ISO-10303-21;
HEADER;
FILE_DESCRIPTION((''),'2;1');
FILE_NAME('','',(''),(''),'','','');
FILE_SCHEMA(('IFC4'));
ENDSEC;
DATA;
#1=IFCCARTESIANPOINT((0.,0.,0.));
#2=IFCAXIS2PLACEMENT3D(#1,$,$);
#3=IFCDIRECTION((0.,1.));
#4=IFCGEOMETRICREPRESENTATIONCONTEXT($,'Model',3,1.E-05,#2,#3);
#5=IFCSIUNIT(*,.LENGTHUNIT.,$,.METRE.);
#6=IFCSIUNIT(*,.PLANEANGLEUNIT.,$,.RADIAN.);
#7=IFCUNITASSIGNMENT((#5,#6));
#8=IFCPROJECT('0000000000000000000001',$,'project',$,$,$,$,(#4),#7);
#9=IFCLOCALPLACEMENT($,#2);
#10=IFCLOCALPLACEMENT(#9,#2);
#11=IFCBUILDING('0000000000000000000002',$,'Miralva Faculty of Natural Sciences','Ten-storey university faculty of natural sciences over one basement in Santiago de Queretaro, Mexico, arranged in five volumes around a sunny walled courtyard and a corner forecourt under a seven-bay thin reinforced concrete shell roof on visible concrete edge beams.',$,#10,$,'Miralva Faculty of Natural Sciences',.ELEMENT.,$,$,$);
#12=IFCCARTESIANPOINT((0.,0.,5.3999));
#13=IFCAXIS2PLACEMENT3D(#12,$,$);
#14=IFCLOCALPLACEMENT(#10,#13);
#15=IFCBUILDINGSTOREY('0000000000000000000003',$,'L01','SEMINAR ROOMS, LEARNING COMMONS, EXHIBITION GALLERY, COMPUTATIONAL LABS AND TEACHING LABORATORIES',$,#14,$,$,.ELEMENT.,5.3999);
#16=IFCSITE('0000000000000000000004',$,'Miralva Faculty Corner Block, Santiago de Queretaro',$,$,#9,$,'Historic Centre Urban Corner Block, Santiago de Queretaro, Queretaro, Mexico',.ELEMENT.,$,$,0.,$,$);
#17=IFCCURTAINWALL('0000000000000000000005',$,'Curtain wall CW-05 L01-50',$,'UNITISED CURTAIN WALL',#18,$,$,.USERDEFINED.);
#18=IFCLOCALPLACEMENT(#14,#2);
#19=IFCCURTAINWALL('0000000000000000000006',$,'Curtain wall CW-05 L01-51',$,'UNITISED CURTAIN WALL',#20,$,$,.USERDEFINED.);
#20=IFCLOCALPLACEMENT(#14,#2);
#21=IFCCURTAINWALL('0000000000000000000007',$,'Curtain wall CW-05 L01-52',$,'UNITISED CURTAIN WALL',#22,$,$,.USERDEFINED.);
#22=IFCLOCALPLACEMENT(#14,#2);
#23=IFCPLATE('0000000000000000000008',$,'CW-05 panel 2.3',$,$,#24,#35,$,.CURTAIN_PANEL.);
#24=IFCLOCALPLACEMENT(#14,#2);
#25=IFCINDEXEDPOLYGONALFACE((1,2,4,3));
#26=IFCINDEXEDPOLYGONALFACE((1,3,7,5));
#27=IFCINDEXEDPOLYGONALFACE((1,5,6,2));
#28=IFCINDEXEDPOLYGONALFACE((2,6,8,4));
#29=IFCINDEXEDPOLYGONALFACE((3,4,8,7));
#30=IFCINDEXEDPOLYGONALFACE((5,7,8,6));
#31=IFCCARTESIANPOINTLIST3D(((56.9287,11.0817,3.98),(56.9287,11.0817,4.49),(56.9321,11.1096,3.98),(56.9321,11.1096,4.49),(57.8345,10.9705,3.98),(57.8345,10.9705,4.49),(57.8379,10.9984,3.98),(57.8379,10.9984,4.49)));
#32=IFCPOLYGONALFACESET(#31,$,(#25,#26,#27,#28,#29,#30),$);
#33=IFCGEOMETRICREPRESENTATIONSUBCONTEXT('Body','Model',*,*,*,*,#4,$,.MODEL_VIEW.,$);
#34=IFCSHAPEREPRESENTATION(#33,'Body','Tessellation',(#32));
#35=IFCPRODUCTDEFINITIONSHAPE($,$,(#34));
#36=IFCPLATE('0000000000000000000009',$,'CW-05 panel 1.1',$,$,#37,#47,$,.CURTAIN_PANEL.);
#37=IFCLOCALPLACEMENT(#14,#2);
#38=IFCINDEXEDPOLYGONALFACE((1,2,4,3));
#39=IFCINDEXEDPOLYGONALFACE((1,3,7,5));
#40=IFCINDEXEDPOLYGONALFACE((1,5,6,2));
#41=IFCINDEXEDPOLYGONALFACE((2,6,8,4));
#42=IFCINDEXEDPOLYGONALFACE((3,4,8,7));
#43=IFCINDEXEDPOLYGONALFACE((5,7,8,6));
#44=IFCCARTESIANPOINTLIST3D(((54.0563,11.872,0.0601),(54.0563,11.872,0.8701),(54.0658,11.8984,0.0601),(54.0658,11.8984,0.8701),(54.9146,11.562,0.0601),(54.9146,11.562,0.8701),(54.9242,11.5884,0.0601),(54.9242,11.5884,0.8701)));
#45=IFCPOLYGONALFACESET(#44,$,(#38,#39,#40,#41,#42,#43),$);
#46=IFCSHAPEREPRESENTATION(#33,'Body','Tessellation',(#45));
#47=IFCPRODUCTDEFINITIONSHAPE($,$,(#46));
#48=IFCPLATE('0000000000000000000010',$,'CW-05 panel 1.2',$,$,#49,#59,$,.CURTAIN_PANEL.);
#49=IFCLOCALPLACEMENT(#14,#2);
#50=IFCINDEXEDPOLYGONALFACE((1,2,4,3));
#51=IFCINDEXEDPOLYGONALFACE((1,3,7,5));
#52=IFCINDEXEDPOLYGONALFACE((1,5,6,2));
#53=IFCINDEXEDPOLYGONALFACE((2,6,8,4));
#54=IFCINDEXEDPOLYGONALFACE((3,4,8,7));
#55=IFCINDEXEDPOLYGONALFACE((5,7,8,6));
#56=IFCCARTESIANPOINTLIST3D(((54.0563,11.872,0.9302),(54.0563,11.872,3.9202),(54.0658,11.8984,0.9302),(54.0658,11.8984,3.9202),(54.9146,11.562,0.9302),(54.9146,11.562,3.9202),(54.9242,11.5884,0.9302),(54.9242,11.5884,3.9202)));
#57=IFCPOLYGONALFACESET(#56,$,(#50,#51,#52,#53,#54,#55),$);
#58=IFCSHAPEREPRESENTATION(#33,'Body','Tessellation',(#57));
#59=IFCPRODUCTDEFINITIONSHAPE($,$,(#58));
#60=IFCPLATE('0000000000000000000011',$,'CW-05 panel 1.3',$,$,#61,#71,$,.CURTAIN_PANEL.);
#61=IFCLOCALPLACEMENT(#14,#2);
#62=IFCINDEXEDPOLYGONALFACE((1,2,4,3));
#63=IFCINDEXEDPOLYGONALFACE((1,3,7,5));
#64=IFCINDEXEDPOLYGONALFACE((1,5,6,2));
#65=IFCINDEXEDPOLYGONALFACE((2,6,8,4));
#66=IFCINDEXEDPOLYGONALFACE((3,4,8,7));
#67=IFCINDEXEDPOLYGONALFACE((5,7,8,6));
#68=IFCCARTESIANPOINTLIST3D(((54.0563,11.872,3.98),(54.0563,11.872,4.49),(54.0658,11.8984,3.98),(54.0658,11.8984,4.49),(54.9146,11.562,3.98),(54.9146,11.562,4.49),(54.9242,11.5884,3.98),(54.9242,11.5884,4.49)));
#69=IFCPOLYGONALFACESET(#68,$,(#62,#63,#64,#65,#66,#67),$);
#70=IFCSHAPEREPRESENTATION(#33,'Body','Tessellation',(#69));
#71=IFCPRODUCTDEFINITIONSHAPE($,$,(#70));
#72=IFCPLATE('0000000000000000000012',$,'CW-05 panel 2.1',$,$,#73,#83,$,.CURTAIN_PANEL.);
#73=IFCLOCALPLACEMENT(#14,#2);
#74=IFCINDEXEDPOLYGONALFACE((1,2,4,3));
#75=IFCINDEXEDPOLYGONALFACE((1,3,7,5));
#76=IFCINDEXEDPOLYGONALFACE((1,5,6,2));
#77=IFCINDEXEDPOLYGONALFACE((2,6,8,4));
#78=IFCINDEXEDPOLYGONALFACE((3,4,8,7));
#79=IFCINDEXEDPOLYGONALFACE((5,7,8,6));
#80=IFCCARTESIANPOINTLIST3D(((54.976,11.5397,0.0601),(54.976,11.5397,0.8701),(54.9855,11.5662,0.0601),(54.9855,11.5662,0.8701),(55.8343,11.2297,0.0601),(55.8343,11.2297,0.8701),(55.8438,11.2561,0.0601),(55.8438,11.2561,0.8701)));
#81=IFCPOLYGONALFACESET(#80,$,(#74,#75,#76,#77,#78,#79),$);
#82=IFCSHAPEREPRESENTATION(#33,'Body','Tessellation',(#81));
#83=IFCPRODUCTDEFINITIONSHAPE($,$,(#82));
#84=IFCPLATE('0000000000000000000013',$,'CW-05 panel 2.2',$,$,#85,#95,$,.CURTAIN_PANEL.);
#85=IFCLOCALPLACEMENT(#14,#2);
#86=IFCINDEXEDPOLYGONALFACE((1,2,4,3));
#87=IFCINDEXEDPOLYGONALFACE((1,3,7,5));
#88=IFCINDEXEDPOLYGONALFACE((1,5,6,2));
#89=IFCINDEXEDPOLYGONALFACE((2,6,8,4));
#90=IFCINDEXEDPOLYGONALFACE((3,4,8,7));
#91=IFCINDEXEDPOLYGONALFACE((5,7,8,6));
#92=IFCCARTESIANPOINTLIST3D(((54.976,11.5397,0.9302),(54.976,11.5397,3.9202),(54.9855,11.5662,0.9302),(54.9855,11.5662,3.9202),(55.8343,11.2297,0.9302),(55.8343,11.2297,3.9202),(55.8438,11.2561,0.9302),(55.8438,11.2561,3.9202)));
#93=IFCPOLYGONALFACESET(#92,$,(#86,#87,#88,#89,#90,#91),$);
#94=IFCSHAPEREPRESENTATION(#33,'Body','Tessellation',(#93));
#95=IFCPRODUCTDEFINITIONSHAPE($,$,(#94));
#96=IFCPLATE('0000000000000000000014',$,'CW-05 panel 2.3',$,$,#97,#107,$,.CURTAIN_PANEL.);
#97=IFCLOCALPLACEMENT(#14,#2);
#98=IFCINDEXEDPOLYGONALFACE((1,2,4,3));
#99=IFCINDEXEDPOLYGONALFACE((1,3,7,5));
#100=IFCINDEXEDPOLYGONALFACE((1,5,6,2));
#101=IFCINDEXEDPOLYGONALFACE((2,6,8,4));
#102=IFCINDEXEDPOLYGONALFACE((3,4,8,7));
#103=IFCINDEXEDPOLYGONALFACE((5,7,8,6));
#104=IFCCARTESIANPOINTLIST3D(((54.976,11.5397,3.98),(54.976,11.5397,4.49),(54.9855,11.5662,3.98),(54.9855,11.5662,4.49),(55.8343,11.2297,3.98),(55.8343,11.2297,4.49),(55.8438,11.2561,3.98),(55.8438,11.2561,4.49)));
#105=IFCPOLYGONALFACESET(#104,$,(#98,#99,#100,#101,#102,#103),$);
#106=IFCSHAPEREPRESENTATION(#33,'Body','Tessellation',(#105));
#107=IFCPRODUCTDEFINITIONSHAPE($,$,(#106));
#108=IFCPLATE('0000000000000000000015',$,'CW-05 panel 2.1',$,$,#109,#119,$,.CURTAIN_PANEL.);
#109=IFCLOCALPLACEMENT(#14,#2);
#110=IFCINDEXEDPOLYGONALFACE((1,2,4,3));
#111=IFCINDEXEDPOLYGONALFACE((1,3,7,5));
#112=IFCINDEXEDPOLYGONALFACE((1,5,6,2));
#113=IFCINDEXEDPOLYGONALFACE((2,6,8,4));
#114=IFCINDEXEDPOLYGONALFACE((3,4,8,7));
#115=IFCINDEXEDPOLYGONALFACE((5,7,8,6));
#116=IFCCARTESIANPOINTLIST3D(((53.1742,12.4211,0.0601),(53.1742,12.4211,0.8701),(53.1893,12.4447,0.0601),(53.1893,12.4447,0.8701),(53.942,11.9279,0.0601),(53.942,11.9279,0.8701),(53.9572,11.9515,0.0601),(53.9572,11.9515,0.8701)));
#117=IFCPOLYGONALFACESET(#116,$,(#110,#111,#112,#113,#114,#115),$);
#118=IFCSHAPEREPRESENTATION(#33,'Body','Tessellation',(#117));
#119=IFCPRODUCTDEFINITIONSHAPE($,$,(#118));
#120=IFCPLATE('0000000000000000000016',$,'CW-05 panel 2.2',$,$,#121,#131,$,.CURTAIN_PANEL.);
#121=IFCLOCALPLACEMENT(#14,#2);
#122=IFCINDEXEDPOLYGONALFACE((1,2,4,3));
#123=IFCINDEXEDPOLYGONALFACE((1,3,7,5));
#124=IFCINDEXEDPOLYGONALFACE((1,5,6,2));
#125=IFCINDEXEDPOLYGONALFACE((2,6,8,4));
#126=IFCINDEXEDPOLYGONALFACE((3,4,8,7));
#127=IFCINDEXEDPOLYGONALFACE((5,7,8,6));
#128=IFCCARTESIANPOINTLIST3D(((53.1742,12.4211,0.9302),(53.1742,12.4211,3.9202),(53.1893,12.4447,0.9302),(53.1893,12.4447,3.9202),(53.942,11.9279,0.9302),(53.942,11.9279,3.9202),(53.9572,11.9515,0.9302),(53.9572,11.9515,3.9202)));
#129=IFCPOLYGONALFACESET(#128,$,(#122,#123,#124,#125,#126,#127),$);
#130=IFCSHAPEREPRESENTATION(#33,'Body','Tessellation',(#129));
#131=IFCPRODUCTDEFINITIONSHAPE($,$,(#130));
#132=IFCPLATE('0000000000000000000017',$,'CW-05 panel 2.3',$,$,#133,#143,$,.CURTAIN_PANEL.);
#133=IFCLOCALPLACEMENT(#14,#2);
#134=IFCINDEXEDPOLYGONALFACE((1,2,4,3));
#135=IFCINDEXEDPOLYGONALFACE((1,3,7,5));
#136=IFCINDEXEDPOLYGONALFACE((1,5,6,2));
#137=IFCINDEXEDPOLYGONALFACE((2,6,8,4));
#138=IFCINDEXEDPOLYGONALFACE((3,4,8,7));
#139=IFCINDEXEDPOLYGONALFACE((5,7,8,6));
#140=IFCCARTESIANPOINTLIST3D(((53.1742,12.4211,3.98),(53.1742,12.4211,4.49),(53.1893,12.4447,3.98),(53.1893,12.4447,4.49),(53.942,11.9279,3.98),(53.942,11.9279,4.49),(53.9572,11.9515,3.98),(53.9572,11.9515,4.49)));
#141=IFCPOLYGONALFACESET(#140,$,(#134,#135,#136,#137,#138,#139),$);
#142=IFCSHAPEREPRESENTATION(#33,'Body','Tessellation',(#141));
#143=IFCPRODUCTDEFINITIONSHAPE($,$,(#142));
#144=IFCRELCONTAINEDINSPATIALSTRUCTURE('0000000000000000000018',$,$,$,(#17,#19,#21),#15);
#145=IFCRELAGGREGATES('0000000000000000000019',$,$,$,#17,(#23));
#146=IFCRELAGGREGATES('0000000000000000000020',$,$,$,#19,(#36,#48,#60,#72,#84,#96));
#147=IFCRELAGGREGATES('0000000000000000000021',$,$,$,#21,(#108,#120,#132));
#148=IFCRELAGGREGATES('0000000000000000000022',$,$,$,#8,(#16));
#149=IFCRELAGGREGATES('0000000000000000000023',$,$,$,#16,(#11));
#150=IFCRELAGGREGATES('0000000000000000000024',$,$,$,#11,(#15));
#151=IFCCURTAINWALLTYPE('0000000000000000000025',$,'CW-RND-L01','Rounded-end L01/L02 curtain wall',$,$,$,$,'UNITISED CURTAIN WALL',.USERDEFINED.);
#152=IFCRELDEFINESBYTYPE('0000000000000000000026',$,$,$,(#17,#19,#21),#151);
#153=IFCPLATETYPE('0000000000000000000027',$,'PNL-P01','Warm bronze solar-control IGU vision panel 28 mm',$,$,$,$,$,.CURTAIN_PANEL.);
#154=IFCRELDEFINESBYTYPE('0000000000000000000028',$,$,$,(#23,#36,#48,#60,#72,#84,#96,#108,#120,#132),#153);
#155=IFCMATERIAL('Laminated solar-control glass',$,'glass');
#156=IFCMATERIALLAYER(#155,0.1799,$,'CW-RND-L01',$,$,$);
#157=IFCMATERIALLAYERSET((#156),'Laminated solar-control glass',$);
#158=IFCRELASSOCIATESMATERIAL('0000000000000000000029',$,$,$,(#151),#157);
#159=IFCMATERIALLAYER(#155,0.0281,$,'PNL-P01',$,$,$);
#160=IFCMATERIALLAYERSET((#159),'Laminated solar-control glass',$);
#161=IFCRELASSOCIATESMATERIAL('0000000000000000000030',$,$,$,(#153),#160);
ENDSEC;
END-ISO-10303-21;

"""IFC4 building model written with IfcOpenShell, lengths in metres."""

from ifc_helpers import new_model, si_unit, direction, frame, origin, origin_2d, place, context, subcontext, project, spatial, rectangle, extrude, material, layer, layer_set, type_object, element, aggregate, save


model = new_model("IFC4")

# Units and contexts
model_context = context("Model", 3, precision=1e-05, world=origin(), true_north=direction((0.0, 1.0)))
body_context = subcontext(model_context, "Body", "Model", "MODEL_VIEW")
ifc_project = project(units=[si_unit("LENGTHUNIT", "METRE"), si_unit("PLANEANGLEUNIT", "RADIAN")], contexts=[model_context])

# Site, building, storey
site_placement = place(None, origin())
site = spatial("IfcSite", under=ifc_project, at=site_placement, Name="Miralva Faculty Corner Block, Santiago de Queretaro", LongName="Historic Centre Urban Corner Block, Santiago de Queretaro, Queretaro, Mexico", CompositionType="ELEMENT", RefElevation=0.0)
building_placement = place(site_placement, origin())
building = spatial("IfcBuilding", under=site, at=building_placement, Name="Miralva Faculty of Natural Sciences", Description="Ten-storey university faculty of natural sciences over one basement in Santiago de Queretaro, Mexico, arranged in five volumes around a sunny walled courtyard and a corner forecourt under a seven-bay thin reinforced concrete shell roof on visible concrete edge beams.", LongName="Miralva Faculty of Natural Sciences", CompositionType="ELEMENT")
storey_placement = place(building_placement, frame((0.0, 0.0, 5.3999)))
storey = spatial("IfcBuildingStorey", under=building, at=storey_placement, Name="L01", Description="SEMINAR ROOMS, LEARNING COMMONS, EXHIBITION GALLERY, COMPUTATIONAL LABS AND TEACHING LABORATORIES", CompositionType="ELEMENT", Elevation=5.3999)

# Curtain walls
ifc_material_1 = material(Name="Laminated solar-control glass", Category="glass")
ifc_layer_1 = layer(ifc_material_1, 0.1799, Name="CW-RND-L01")
ifc_layer_set_1 = layer_set([ifc_layer_1], Name="Laminated solar-control glass")
curtain_wall_type = type_object("IfcCurtainWallType", Name="CW-RND-L01", Description="Rounded-end L01/L02 curtain wall", ElementType="UNITISED CURTAIN WALL", PredefinedType="USERDEFINED", material=ifc_layer_set_1)
curtain_wall_1_placement = place(storey_placement, origin())
curtain_wall_1 = element("IfcCurtainWall", 1, at=curtain_wall_1_placement, inside=storey, type_object=curtain_wall_type, Name="Curtain wall CW-05 L01-50", ObjectType="UNITISED CURTAIN WALL", PredefinedType="USERDEFINED")
curtain_wall_2_placement = place(storey_placement, origin())
curtain_wall_2 = element("IfcCurtainWall", 2, at=curtain_wall_2_placement, inside=storey, type_object=curtain_wall_type, Name="Curtain wall CW-05 L01-51", ObjectType="UNITISED CURTAIN WALL", PredefinedType="USERDEFINED")

# Curtain wall
curtain_wall_3_placement = place(storey_placement, origin())
curtain_wall_3 = element("IfcCurtainWall", 3, at=curtain_wall_3_placement, inside=storey, type_object=curtain_wall_type, Name="Curtain wall CW-05 L01-52", ObjectType="UNITISED CURTAIN WALL", PredefinedType="USERDEFINED")

# Plates
ifc_layer_2 = layer(ifc_material_1, 0.0281, Name="PNL-P01")
ifc_layer_set_2 = layer_set([ifc_layer_2], Name="Laminated solar-control glass")
plate_type = type_object("IfcPlateType", Name="PNL-P01", Description="Warm bronze solar-control IGU vision panel 28 mm", PredefinedType="CURTAIN_PANEL", material=ifc_layer_set_2)
plate_1_placement = place(storey_placement, frame((57.3833, 11.04, 3.98), z_axis=(0.0, 0.0, 1.0), x_axis=(0.992547, -0.12186, 0.0)))
plate_1 = element("IfcPlate", 4, at=plate_1_placement, type_object=plate_type, Name="CW-05 panel 2.3", PredefinedType="CURTAIN_PANEL", context=body_context, shape_type="SweptSolid", body=[
    extrude(rectangle(XDim=0.9126, YDim=0.0281, at=origin_2d()), origin(), (0.0, 0.0, 1.0), 0.51),
])
aggregate(curtain_wall_1, [plate_1])
plate_2_placement = place(storey_placement, frame((54.4902, 11.7302, 0.0601), z_axis=(0.0, 0.0, 1.0), x_axis=(0.940535, -0.339696, 0.0)))
plate_2 = element("IfcPlate", 5, at=plate_2_placement, type_object=plate_type, Name="CW-05 panel 1.1", PredefinedType="CURTAIN_PANEL", context=body_context, shape_type="SweptSolid", body=[
    extrude(rectangle(XDim=0.9126, YDim=0.0281, at=origin_2d()), origin(), (0.0, 0.0, 1.0), 0.8101),
])
plate_3_placement = place(storey_placement, frame((54.4902, 11.7302, 0.9302), z_axis=(0.0, 0.0, 1.0), x_axis=(0.940535, -0.339696, 0.0)))
plate_3 = element("IfcPlate", 6, at=plate_3_placement, type_object=plate_type, Name="CW-05 panel 1.2", PredefinedType="CURTAIN_PANEL", context=body_context, shape_type="SweptSolid", body=[
    extrude(rectangle(XDim=0.9126, YDim=0.0281, at=origin_2d()), origin(), (0.0, 0.0, 1.0), 2.99),
])
plate_4_placement = place(storey_placement, frame((54.4902, 11.7302, 3.98), z_axis=(0.0, 0.0, 1.0), x_axis=(0.940535, -0.339696, 0.0)))
plate_4 = element("IfcPlate", 7, at=plate_4_placement, type_object=plate_type, Name="CW-05 panel 1.3", PredefinedType="CURTAIN_PANEL", context=body_context, shape_type="SweptSolid", body=[
    extrude(rectangle(XDim=0.9126, YDim=0.0281, at=origin_2d()), origin(), (0.0, 0.0, 1.0), 0.51),
])
plate_5_placement = place(storey_placement, frame((55.4099, 11.3979, 0.0601), z_axis=(0.0, 0.0, 1.0), x_axis=(0.940535, -0.339696, 0.0)))
plate_5 = element("IfcPlate", 8, at=plate_5_placement, type_object=plate_type, Name="CW-05 panel 2.1", PredefinedType="CURTAIN_PANEL", context=body_context, shape_type="SweptSolid", body=[
    extrude(rectangle(XDim=0.9126, YDim=0.0281, at=origin_2d()), origin(), (0.0, 0.0, 1.0), 0.8101),
])
plate_6_placement = place(storey_placement, frame((55.4099, 11.3979, 0.9302), z_axis=(0.0, 0.0, 1.0), x_axis=(0.940535, -0.339696, 0.0)))
plate_6 = element("IfcPlate", 9, at=plate_6_placement, type_object=plate_type, Name="CW-05 panel 2.2", PredefinedType="CURTAIN_PANEL", context=body_context, shape_type="SweptSolid", body=[
    extrude(rectangle(XDim=0.9126, YDim=0.0281, at=origin_2d()), origin(), (0.0, 0.0, 1.0), 2.99),
])
plate_7_placement = place(storey_placement, frame((55.4099, 11.3979, 3.98), z_axis=(0.0, 0.0, 1.0), x_axis=(0.940535, -0.339696, 0.0)))
plate_7 = element("IfcPlate", 10, at=plate_7_placement, type_object=plate_type, Name="CW-05 panel 2.3", PredefinedType="CURTAIN_PANEL", context=body_context, shape_type="SweptSolid", body=[
    extrude(rectangle(XDim=0.9126, YDim=0.0281, at=origin_2d()), origin(), (0.0, 0.0, 1.0), 0.51),
])
aggregate(curtain_wall_2, [plate_2, plate_3, plate_4, plate_5, plate_6, plate_7])
plate_8_placement = place(storey_placement, frame((53.5657, 12.1863, 0.0601), z_axis=(0.0, 0.0, 1.0), x_axis=(0.841379, -0.540445, 0.0)))
plate_8 = element("IfcPlate", 11, at=plate_8_placement, type_object=plate_type, Name="CW-05 panel 2.1", PredefinedType="CURTAIN_PANEL", context=body_context, shape_type="SweptSolid", body=[
    extrude(rectangle(XDim=0.9126, YDim=0.0281, at=origin_2d()), origin(), (0.0, 0.0, 1.0), 0.8101),
])
plate_9_placement = place(storey_placement, frame((53.5657, 12.1863, 0.9302), z_axis=(0.0, 0.0, 1.0), x_axis=(0.841379, -0.540445, 0.0)))
plate_9 = element("IfcPlate", 12, at=plate_9_placement, type_object=plate_type, Name="CW-05 panel 2.2", PredefinedType="CURTAIN_PANEL", context=body_context, shape_type="SweptSolid", body=[
    extrude(rectangle(XDim=0.9126, YDim=0.0281, at=origin_2d()), origin(), (0.0, 0.0, 1.0), 2.99),
])
plate_10_placement = place(storey_placement, frame((53.5657, 12.1863, 3.98), z_axis=(0.0, 0.0, 1.0), x_axis=(0.841379, -0.540445, 0.0)))
plate_10 = element("IfcPlate", 13, at=plate_10_placement, type_object=plate_type, Name="CW-05 panel 2.3", PredefinedType="CURTAIN_PANEL", context=body_context, shape_type="SweptSolid", body=[
    extrude(rectangle(XDim=0.9126, YDim=0.0281, at=origin_2d()), origin(), (0.0, 0.0, 1.0), 0.51),
])
aggregate(curtain_wall_3, [plate_8, plate_9, plate_10])

save(model, "model.ifc")
